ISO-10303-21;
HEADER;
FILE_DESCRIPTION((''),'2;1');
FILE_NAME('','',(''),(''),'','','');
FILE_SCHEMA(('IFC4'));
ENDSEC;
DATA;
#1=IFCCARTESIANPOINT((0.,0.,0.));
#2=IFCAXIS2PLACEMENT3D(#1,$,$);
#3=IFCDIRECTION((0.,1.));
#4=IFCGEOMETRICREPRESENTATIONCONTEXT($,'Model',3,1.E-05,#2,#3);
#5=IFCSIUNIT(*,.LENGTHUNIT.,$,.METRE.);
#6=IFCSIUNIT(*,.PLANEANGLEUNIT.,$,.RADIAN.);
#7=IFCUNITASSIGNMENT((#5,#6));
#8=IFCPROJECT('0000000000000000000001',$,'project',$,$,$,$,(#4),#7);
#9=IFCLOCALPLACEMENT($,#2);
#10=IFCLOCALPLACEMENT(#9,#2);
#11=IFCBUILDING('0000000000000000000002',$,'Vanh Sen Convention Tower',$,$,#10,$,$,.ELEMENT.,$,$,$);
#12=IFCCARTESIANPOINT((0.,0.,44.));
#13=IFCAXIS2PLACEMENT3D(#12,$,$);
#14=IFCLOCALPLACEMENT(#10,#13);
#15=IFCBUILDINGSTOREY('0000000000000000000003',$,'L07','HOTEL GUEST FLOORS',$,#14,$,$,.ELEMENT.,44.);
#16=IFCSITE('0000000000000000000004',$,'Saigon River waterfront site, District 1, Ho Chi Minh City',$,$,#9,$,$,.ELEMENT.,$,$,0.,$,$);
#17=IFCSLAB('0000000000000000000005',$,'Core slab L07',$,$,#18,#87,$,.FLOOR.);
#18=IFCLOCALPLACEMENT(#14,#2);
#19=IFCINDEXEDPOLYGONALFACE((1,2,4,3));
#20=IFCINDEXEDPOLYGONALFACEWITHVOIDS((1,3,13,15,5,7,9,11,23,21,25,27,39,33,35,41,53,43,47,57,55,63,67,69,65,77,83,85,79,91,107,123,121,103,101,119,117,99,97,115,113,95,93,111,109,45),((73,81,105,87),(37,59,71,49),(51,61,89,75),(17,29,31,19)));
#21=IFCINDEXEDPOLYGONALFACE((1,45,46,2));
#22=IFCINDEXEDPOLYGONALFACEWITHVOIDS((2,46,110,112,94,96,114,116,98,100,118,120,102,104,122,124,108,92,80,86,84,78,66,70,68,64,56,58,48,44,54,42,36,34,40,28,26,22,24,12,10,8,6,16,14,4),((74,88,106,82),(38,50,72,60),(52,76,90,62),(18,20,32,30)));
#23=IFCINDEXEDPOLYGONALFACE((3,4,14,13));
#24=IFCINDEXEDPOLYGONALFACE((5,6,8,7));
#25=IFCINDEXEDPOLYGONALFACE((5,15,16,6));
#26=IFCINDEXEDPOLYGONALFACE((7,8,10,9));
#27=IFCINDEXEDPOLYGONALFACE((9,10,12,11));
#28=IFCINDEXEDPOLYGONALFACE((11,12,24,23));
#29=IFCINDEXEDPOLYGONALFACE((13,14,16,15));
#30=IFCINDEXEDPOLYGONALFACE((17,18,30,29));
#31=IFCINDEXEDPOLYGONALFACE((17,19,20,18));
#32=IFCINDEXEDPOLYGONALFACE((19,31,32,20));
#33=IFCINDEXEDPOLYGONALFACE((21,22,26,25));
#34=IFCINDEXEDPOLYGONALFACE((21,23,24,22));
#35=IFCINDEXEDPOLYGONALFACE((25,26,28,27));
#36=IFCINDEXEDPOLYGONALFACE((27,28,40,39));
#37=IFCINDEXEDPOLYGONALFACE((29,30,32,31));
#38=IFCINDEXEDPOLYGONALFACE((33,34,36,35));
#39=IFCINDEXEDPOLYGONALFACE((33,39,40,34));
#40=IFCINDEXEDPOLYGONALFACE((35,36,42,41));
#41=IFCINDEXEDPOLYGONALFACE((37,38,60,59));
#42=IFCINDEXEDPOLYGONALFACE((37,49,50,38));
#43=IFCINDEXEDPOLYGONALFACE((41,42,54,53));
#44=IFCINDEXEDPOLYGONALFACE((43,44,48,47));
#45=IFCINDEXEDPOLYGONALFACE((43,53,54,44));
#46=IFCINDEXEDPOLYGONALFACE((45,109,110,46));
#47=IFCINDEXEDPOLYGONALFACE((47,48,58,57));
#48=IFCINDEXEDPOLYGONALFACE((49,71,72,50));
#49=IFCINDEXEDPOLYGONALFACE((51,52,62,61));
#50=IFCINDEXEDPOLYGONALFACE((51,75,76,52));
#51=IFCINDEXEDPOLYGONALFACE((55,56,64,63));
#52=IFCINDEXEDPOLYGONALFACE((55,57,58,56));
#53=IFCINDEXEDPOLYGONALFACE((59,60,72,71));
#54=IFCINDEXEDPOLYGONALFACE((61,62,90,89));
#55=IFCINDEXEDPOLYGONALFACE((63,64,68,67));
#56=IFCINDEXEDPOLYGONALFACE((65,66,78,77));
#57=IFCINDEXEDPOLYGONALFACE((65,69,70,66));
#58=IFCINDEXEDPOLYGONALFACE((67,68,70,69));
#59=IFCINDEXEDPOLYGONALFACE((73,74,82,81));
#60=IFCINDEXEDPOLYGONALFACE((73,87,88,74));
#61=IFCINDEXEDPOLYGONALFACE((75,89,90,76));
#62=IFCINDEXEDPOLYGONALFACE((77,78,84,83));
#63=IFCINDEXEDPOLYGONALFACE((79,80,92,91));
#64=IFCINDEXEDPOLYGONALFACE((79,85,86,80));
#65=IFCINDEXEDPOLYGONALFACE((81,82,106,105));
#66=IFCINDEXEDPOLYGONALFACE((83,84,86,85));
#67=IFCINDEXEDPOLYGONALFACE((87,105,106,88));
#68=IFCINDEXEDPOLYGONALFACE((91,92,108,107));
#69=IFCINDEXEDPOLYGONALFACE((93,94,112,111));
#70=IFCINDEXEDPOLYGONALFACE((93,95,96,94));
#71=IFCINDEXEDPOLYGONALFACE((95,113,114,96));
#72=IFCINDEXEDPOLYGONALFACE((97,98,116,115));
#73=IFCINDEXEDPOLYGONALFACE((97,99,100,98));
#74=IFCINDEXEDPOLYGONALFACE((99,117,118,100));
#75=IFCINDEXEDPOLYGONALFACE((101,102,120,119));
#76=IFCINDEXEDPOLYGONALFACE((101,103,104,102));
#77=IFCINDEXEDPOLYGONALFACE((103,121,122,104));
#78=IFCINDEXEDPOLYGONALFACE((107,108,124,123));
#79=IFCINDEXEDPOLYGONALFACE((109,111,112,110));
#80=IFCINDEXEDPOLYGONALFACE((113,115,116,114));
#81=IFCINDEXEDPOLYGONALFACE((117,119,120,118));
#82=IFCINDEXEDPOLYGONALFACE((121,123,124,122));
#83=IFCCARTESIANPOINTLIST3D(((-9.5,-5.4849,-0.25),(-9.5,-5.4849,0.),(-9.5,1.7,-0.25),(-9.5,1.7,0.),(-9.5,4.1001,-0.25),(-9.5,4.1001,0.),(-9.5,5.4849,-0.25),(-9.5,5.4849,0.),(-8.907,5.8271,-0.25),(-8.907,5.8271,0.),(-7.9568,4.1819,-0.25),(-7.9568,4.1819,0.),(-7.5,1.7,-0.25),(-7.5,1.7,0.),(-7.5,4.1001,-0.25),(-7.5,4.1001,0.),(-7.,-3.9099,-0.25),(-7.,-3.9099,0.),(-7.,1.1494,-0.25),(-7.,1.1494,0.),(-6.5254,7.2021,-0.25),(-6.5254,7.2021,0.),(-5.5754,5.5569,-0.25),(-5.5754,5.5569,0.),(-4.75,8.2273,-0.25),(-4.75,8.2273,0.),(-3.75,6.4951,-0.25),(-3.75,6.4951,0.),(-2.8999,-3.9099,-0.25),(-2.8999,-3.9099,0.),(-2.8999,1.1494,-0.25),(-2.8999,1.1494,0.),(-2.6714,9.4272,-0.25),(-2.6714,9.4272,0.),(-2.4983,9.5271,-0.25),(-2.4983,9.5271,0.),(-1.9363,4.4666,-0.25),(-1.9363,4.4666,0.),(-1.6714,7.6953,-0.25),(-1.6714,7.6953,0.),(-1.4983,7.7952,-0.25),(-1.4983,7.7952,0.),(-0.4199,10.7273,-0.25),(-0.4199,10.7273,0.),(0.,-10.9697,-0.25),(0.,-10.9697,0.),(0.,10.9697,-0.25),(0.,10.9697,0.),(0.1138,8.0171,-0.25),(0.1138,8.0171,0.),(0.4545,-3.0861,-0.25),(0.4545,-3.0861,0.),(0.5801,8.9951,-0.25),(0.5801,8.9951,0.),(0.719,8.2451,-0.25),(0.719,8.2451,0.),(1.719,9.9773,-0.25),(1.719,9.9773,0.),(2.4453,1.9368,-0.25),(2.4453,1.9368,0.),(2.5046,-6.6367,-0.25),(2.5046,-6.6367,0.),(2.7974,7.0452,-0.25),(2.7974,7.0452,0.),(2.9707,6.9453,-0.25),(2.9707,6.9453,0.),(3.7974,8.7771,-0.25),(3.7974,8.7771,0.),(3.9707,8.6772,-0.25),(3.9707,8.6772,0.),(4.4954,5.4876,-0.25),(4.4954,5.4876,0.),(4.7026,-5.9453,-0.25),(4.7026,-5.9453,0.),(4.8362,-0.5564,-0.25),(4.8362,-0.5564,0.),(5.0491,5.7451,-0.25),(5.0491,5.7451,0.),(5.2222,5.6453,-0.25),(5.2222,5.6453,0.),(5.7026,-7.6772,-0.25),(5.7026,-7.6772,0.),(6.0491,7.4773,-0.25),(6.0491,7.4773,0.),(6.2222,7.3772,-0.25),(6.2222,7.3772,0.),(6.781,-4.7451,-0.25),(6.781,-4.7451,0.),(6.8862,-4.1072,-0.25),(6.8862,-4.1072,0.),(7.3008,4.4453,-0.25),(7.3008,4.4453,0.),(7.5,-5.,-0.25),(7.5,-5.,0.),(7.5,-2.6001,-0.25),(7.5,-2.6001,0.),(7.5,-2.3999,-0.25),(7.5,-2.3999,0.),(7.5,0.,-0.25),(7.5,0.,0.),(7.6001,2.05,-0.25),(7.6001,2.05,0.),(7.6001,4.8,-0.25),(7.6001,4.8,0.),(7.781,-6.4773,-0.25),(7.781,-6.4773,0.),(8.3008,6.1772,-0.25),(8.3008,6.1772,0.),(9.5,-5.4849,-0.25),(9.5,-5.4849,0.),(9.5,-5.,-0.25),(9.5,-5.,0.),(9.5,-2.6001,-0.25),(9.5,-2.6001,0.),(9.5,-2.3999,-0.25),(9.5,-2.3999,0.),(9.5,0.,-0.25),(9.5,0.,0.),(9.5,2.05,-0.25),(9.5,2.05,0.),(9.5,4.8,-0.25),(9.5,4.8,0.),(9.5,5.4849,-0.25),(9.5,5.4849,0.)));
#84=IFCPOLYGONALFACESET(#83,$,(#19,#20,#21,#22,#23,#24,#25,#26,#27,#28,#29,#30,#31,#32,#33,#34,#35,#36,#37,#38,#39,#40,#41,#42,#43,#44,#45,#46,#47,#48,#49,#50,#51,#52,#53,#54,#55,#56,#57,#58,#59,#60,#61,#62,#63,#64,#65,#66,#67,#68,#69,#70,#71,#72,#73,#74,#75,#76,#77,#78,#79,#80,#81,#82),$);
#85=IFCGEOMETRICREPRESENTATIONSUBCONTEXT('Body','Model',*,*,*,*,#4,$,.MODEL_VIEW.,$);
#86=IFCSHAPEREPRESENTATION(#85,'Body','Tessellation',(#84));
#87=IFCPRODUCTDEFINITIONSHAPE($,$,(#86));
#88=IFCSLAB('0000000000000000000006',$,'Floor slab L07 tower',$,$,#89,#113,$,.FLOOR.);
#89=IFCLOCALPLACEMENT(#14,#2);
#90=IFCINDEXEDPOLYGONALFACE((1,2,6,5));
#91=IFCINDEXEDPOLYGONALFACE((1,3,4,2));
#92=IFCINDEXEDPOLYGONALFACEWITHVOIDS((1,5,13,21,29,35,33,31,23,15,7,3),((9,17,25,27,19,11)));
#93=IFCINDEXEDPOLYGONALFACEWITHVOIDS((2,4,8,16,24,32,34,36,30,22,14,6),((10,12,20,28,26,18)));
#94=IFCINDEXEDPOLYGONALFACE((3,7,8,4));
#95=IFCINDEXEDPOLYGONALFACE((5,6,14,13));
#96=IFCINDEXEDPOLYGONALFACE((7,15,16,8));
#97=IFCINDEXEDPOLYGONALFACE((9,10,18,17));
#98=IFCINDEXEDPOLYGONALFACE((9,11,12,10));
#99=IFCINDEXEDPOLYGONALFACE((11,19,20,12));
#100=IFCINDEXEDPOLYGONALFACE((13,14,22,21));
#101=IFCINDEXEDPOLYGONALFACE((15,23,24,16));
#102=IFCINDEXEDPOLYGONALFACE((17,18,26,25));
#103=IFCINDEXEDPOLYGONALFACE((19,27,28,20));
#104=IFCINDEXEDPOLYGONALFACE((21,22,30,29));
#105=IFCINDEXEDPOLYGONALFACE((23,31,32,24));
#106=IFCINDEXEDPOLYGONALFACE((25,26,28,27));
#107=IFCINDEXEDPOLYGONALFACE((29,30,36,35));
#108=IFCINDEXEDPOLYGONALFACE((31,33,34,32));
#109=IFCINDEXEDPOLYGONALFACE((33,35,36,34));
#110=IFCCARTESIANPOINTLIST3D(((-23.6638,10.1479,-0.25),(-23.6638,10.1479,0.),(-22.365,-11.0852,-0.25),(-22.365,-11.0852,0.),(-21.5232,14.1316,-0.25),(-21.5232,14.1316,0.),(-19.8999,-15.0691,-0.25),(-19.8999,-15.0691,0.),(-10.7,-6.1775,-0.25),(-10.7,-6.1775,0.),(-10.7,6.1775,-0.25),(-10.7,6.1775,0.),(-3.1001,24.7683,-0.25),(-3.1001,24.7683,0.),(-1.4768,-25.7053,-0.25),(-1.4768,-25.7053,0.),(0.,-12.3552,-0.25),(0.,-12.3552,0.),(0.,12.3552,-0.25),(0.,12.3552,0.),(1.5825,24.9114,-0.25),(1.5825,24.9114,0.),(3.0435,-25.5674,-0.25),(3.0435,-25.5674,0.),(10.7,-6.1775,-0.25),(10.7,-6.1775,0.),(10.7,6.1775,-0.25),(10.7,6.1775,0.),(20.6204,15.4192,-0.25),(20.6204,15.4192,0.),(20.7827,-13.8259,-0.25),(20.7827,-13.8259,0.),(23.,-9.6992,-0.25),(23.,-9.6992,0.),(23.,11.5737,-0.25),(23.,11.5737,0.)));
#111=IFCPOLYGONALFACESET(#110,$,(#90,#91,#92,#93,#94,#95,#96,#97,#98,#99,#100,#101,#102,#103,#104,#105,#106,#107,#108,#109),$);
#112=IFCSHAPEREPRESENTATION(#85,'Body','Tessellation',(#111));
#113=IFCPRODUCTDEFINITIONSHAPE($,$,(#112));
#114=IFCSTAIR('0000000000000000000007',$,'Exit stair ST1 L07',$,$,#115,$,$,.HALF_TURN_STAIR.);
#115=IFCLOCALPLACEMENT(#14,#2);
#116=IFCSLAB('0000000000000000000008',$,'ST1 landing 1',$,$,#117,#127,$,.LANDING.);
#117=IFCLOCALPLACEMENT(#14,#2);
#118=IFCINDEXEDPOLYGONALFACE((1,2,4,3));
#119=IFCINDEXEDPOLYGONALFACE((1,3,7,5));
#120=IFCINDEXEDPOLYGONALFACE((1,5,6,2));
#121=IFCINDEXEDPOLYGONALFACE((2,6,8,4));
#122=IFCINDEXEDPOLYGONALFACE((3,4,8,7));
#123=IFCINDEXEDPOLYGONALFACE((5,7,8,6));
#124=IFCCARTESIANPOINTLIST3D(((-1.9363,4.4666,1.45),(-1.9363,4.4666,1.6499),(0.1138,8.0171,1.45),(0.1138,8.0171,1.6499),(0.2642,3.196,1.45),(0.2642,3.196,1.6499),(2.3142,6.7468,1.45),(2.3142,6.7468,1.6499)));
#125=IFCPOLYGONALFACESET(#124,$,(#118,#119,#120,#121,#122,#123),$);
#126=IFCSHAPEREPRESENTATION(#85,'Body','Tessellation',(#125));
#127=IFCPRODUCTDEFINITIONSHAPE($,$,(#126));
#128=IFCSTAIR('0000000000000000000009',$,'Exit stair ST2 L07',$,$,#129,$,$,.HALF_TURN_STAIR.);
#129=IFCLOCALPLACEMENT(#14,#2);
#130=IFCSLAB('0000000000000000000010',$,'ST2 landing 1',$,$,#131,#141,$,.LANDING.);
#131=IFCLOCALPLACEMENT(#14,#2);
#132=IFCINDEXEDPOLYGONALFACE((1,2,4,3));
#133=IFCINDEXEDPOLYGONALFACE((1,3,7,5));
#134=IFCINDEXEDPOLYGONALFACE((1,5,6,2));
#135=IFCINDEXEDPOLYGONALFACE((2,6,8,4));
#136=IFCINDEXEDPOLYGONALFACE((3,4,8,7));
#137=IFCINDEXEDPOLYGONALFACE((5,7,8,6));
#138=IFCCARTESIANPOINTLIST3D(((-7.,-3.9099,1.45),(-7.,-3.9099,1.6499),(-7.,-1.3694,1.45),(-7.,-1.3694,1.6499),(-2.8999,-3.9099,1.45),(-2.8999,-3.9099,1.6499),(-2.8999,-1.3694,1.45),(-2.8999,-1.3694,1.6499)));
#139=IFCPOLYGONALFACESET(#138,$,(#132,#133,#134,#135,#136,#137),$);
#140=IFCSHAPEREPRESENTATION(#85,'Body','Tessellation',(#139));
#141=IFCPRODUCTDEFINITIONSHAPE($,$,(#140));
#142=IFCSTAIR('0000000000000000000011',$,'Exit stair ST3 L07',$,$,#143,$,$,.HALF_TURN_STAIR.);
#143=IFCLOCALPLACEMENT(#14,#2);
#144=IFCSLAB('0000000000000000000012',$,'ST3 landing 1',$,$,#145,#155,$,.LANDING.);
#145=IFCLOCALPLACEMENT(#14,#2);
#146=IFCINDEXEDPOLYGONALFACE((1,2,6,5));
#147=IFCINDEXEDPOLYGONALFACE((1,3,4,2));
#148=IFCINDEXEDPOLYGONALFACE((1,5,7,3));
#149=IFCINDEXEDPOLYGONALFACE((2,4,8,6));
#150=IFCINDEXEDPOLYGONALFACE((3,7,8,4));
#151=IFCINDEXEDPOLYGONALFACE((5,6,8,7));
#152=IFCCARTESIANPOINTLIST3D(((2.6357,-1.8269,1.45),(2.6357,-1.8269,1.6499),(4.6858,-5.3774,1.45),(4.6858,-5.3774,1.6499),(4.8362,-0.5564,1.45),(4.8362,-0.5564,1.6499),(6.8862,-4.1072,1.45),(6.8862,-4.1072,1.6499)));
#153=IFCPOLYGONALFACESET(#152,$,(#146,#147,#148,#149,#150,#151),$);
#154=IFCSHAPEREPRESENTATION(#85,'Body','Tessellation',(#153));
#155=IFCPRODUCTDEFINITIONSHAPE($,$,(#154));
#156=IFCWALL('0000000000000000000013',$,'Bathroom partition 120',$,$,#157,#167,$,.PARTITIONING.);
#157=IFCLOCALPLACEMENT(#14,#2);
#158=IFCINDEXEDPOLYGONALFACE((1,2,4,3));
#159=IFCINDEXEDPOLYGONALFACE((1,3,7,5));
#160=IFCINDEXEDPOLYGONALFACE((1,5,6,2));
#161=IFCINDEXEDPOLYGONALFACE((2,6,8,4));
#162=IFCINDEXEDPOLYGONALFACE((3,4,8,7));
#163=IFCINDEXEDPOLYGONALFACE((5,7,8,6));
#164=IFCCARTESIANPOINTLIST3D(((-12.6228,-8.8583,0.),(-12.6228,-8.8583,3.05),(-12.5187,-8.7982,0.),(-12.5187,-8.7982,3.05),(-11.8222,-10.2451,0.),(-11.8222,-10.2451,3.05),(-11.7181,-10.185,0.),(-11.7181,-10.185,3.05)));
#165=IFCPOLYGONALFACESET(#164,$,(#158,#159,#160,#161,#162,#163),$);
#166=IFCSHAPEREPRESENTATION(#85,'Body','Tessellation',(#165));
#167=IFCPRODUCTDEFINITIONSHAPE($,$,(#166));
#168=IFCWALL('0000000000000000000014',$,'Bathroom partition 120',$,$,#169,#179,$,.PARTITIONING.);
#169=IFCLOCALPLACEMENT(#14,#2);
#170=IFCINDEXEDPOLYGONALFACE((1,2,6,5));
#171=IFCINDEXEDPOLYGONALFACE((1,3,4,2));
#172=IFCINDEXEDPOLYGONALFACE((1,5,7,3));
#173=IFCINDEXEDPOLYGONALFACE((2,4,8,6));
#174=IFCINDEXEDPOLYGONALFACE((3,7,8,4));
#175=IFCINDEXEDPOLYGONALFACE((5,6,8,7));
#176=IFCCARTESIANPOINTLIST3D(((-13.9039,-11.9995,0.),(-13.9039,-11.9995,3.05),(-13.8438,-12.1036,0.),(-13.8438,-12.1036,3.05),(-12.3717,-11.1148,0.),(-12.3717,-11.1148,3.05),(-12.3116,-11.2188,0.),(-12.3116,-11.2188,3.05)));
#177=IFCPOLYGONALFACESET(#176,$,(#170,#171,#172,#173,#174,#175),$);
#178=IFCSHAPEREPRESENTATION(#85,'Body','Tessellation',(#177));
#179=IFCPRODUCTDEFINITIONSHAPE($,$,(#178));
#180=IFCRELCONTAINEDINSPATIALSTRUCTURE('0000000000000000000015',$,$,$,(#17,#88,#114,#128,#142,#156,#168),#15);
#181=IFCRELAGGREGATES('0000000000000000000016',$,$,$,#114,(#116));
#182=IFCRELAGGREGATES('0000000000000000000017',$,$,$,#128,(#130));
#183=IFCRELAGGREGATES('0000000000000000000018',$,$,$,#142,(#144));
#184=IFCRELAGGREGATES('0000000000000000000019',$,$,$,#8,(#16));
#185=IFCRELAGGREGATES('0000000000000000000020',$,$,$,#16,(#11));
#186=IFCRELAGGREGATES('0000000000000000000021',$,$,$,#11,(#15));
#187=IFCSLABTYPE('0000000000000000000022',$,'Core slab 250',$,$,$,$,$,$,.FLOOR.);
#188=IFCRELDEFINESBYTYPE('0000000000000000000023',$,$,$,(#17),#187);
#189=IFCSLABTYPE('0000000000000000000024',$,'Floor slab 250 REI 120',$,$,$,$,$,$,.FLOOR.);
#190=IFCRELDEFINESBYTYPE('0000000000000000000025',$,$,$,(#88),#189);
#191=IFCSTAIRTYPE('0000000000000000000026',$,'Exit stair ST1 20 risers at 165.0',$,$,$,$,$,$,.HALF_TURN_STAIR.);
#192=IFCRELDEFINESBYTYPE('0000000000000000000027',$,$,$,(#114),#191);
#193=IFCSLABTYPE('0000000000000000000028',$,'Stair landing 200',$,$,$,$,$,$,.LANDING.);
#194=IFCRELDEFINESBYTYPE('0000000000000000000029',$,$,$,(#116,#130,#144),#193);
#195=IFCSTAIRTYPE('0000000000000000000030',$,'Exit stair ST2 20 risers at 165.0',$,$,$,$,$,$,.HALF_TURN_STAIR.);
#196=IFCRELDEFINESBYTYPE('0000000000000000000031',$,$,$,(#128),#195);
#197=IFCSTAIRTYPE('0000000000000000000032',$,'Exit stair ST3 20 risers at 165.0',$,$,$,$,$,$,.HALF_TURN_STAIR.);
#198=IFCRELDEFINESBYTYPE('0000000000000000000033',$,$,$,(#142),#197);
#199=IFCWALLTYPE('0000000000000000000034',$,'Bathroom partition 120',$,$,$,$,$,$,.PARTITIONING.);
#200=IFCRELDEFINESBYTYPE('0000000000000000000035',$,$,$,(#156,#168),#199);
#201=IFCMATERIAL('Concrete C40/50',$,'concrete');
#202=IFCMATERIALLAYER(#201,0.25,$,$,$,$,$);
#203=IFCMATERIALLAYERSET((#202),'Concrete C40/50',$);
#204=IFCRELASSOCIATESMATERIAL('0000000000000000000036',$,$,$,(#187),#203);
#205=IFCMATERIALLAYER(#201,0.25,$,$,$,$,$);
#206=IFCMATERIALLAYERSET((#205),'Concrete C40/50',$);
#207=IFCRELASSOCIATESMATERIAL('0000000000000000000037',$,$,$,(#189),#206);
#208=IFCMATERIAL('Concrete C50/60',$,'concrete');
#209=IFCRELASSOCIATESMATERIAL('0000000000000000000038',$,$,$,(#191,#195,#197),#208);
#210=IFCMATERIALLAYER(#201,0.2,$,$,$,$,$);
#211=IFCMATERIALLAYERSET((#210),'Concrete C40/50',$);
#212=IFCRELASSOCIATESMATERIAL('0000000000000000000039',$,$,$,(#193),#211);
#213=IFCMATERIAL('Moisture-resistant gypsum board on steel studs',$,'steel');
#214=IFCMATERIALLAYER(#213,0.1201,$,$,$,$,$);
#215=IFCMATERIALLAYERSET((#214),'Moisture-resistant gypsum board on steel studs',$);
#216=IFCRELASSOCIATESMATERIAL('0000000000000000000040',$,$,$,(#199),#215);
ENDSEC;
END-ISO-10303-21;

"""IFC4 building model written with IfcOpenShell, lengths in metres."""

from ifc_helpers import new_model, si_unit, direction, frame, frame_2d, origin, place, context, subcontext, project, spatial, polyline, rectangle, outline, extrude, material, layer, layer_set, type_object, element, aggregate, save


model = new_model("IFC4")

# Units and contexts
model_context = context("Model", 3, precision=1e-05, world=origin(), true_north=direction((0.0, 1.0)))
body_context = subcontext(model_context, "Body", "Model", "MODEL_VIEW")
ifc_project = project(units=[si_unit("LENGTHUNIT", "METRE"), si_unit("PLANEANGLEUNIT", "RADIAN")], contexts=[model_context])

# Site, building, storey
site_placement = place(None, origin())
site = spatial("IfcSite", under=ifc_project, at=site_placement, Name="Saigon River waterfront site, District 1, Ho Chi Minh City", CompositionType="ELEMENT", RefElevation=0.0)
building_placement = place(site_placement, origin())
building = spatial("IfcBuilding", under=site, at=building_placement, Name="Vanh Sen Convention Tower", CompositionType="ELEMENT")
storey_placement = place(building_placement, frame((0.0, 0.0, 44.0)))
storey = spatial("IfcBuildingStorey", under=building, at=storey_placement, Name="L07", Description="HOTEL GUEST FLOORS", CompositionType="ELEMENT", Elevation=44.0)

# Slabs
ifc_material_1 = material(Name="Concrete C40/50", Category="concrete")
ifc_layer_1 = layer(ifc_material_1, 0.25)
ifc_layer_set_1 = layer_set([ifc_layer_1], Name="Concrete C40/50")
slab_type_1 = type_object("IfcSlabType", Name="Core slab 250", PredefinedType="FLOOR", material=ifc_layer_set_1)
slab_1_placement = place(storey_placement, frame((0.0, 0.0, -0.25)))
element("IfcSlab", 1, at=slab_1_placement, inside=storey, type_object=slab_type_1, Name="Core slab L07", PredefinedType="FLOOR", context=body_context, shape_type="SweptSolid", body=[
    extrude(outline(polyline([(9.5, 5.4849), (9.5, 4.8), (7.6001, 4.8), (7.6001, 2.05), (9.5, 2.05), (9.5, 0.0), (7.5, 0.0), (7.5, -2.3999), (9.5, -2.3999), (9.5, -2.6001), (7.5, -2.6001), (7.5, -5.0), (9.5, -5.0), (9.5, -5.4849), (0.0, -10.9697), (-9.5, -5.4849), (-9.5, 1.7), (-7.5, 1.7), (-7.5, 4.1001), (-9.5, 4.1001), (-9.5, 5.4849), (-8.907, 5.8271), (-7.9568, 4.1819), (-5.5754, 5.5569), (-6.5254, 7.2021), (-4.75, 8.2273), (-3.75, 6.4951), (-1.6714, 7.6953), (-2.6714, 9.4272), (-2.4983, 9.5271), (-1.4983, 7.7952), (0.5801, 8.9951), (-0.4199, 10.7273), (0.0, 10.9697), (1.719, 9.9773), (0.719, 8.2451), (2.7974, 7.0452), (3.7974, 8.7771), (3.9707, 8.6772), (2.9707, 6.9453), (5.0491, 5.7451), (6.0491, 7.4773), (6.2222, 7.3772), (5.2222, 5.6453), (7.3008, 4.4453), (8.3008, 6.1772), (9.5, 5.4849)]), holes=[polyline([(-7.0, 3.1499), (-7.0, -3.9099), (-2.8999, -3.9099), (-2.8999, 3.1499), (-2.8999, 1.1494), (-7.0, 1.1494), (-7.0, 3.1499)]), polyline([(4.4954, 5.4875), (6.228, 4.4873), (0.1138, 8.0171), (-1.9363, 4.4666), (2.4453, 1.9368), (4.4954, 5.4875)]), polyline([(7.781, -6.4773), (6.781, -4.7451), (4.7026, -5.9453), (5.7026, -7.6772), (7.781, -6.4773)]), polyline([(0.4546, -3.0862), (2.5046, -6.6367), (6.8862, -4.1072), (4.8362, -0.5564), (-1.2781, -4.0864), (0.4546, -3.0862)])]), origin(), (0.0, 0.0, 1.0), 0.25),
])
ifc_layer_2 = layer(ifc_material_1, 0.25)
ifc_layer_set_2 = layer_set([ifc_layer_2], Name="Concrete C40/50")
slab_type_2 = type_object("IfcSlabType", Name="Floor slab 250 REI 120", PredefinedType="FLOOR", material=ifc_layer_set_2)
slab_2_placement = place(storey_placement, frame((0.0, 0.0, -0.25)))
element("IfcSlab", 2, at=slab_2_placement, inside=storey, type_object=slab_type_2, Name="Floor slab L07 tower", PredefinedType="FLOOR", context=body_context, shape_type="SweptSolid", body=[
    extrude(outline(polyline([(23.0, -9.6992), (23.0, 11.5737), (20.6204, 15.4192), (1.5825, 24.9114), (-3.1001, 24.7683), (-21.5232, 14.1316), (-23.6638, 10.1479), (-22.365, -11.0852), (-19.8999, -15.0691), (-1.4768, -25.7053), (3.0435, -25.5674), (20.7827, -13.8259), (23.0, -9.6992)]), holes=[polyline([(0.0, 12.3552), (-10.7, 6.1775), (-10.7, -6.1775), (0.0, -12.3552), (10.7, -6.1775), (10.7, 6.1775), (0.0, 12.3552)])]), origin(), (0.0, 0.0, 1.0), 0.25),
])

# Stairs, slabs
ifc_material_2 = material(Name="Concrete C50/60", Category="concrete")
stair_type_1 = type_object("IfcStairType", Name="Exit stair ST1 20 risers at 165.0", PredefinedType="HALF_TURN_STAIR", material=ifc_material_2)
stair_1_placement = place(storey_placement, origin())
stair_1 = element("IfcStair", 3, at=stair_1_placement, inside=storey, type_object=stair_type_1, Name="Exit stair ST1 L07", PredefinedType="HALF_TURN_STAIR")
ifc_layer_3 = layer(ifc_material_1, 0.2)
ifc_layer_set_3 = layer_set([ifc_layer_3], Name="Concrete C40/50")
slab_type_3 = type_object("IfcSlabType", Name="Stair landing 200", PredefinedType="LANDING", material=ifc_layer_set_3)
slab_3_placement = place(storey_placement, frame((0.0, 0.0, 1.45)))
slab_3 = element("IfcSlab", 4, at=slab_3_placement, type_object=slab_type_3, Name="ST1 landing 1", PredefinedType="LANDING", context=body_context, shape_type="SweptSolid", body=[
    extrude(outline(polyline([(2.3142, 6.7468), (0.1138, 8.0171), (-1.9363, 4.4666), (0.2642, 3.196), (2.3142, 6.7468)])), origin(), (0.0, 0.0, 1.0), 0.2),
])
aggregate(stair_1, [slab_3])
stair_type_2 = type_object("IfcStairType", Name="Exit stair ST2 20 risers at 165.0", PredefinedType="HALF_TURN_STAIR", material=ifc_material_2)
stair_2_placement = place(storey_placement, origin())
stair_2 = element("IfcStair", 5, at=stair_2_placement, inside=storey, type_object=stair_type_2, Name="Exit stair ST2 L07", PredefinedType="HALF_TURN_STAIR")
slab_4_placement = place(storey_placement, frame((0.0, 0.0, 1.45)))
slab_4 = element("IfcSlab", 6, at=slab_4_placement, type_object=slab_type_3, Name="ST2 landing 1", PredefinedType="LANDING", context=body_context, shape_type="SweptSolid", body=[
    extrude(outline(polyline([(-7.0, -1.3694), (-7.0, -3.9099), (-2.8999, -3.9099), (-2.8999, -1.3694), (-7.0, -1.3694)])), origin(), (0.0, 0.0, 1.0), 0.2),
])
aggregate(stair_2, [slab_4])
stair_type_3 = type_object("IfcStairType", Name="Exit stair ST3 20 risers at 165.0", PredefinedType="HALF_TURN_STAIR", material=ifc_material_2)
stair_3_placement = place(storey_placement, origin())
stair_3 = element("IfcStair", 7, at=stair_3_placement, inside=storey, type_object=stair_type_3, Name="Exit stair ST3 L07", PredefinedType="HALF_TURN_STAIR")
slab_5_placement = place(storey_placement, frame((0.0, 0.0, 1.45)))
slab_5 = element("IfcSlab", 8, at=slab_5_placement, type_object=slab_type_3, Name="ST3 landing 1", PredefinedType="LANDING", context=body_context, shape_type="SweptSolid", body=[
    extrude(outline(polyline([(4.6858, -5.3774), (6.8862, -4.1072), (4.8362, -0.5564), (2.6357, -1.8269), (4.6858, -5.3774)])), origin(), (0.0, 0.0, 1.0), 0.2),
])
aggregate(stair_3, [slab_5])

# Walls
ifc_material_3 = material(Name="Moisture-resistant gypsum board on steel studs", Category="steel")
ifc_layer_4 = layer(ifc_material_3, 0.1201)
ifc_layer_set_4 = layer_set([ifc_layer_4], Name="Moisture-resistant gypsum board on steel studs")
wall_type_1 = type_object("IfcWallType", Name="Bathroom partition 120", PredefinedType="PARTITIONING", material=ifc_layer_set_4)
wall_1_placement = place(storey_placement, frame((-12.5708, -8.8281, 0.0), z_axis=(0.0, 0.0, 1.0), x_axis=(0.49996, -0.866048, 0.0)))
element("IfcWall", 9, at=wall_1_placement, inside=storey, type_object=wall_type_1, Name="Bathroom partition 120", PredefinedType="PARTITIONING", context=body_context, shape_type="SweptSolid", body=[
    extrude(rectangle(XDim=1.6013, YDim=0.1201, at=frame_2d((0.8008, 0.0))), origin(), (0.0, 0.0, 1.0), 3.05),
])
wall_2_placement = place(storey_placement, frame((-12.3416, -11.1667, 0.0), z_axis=(0.0, 0.0, 1.0), x_axis=(-0.865993, -0.500057, 0.0)))
element("IfcWall", 10, at=wall_2_placement, inside=storey, type_object=wall_type_1, Name="Bathroom partition 120", PredefinedType="PARTITIONING", context=body_context, shape_type="SweptSolid", body=[
    extrude(rectangle(XDim=1.7693, YDim=0.1201, at=frame_2d((0.8848, 0.0))), origin(), (0.0, 0.0, 1.0), 3.05),
])

save(model, "model.ifc")
